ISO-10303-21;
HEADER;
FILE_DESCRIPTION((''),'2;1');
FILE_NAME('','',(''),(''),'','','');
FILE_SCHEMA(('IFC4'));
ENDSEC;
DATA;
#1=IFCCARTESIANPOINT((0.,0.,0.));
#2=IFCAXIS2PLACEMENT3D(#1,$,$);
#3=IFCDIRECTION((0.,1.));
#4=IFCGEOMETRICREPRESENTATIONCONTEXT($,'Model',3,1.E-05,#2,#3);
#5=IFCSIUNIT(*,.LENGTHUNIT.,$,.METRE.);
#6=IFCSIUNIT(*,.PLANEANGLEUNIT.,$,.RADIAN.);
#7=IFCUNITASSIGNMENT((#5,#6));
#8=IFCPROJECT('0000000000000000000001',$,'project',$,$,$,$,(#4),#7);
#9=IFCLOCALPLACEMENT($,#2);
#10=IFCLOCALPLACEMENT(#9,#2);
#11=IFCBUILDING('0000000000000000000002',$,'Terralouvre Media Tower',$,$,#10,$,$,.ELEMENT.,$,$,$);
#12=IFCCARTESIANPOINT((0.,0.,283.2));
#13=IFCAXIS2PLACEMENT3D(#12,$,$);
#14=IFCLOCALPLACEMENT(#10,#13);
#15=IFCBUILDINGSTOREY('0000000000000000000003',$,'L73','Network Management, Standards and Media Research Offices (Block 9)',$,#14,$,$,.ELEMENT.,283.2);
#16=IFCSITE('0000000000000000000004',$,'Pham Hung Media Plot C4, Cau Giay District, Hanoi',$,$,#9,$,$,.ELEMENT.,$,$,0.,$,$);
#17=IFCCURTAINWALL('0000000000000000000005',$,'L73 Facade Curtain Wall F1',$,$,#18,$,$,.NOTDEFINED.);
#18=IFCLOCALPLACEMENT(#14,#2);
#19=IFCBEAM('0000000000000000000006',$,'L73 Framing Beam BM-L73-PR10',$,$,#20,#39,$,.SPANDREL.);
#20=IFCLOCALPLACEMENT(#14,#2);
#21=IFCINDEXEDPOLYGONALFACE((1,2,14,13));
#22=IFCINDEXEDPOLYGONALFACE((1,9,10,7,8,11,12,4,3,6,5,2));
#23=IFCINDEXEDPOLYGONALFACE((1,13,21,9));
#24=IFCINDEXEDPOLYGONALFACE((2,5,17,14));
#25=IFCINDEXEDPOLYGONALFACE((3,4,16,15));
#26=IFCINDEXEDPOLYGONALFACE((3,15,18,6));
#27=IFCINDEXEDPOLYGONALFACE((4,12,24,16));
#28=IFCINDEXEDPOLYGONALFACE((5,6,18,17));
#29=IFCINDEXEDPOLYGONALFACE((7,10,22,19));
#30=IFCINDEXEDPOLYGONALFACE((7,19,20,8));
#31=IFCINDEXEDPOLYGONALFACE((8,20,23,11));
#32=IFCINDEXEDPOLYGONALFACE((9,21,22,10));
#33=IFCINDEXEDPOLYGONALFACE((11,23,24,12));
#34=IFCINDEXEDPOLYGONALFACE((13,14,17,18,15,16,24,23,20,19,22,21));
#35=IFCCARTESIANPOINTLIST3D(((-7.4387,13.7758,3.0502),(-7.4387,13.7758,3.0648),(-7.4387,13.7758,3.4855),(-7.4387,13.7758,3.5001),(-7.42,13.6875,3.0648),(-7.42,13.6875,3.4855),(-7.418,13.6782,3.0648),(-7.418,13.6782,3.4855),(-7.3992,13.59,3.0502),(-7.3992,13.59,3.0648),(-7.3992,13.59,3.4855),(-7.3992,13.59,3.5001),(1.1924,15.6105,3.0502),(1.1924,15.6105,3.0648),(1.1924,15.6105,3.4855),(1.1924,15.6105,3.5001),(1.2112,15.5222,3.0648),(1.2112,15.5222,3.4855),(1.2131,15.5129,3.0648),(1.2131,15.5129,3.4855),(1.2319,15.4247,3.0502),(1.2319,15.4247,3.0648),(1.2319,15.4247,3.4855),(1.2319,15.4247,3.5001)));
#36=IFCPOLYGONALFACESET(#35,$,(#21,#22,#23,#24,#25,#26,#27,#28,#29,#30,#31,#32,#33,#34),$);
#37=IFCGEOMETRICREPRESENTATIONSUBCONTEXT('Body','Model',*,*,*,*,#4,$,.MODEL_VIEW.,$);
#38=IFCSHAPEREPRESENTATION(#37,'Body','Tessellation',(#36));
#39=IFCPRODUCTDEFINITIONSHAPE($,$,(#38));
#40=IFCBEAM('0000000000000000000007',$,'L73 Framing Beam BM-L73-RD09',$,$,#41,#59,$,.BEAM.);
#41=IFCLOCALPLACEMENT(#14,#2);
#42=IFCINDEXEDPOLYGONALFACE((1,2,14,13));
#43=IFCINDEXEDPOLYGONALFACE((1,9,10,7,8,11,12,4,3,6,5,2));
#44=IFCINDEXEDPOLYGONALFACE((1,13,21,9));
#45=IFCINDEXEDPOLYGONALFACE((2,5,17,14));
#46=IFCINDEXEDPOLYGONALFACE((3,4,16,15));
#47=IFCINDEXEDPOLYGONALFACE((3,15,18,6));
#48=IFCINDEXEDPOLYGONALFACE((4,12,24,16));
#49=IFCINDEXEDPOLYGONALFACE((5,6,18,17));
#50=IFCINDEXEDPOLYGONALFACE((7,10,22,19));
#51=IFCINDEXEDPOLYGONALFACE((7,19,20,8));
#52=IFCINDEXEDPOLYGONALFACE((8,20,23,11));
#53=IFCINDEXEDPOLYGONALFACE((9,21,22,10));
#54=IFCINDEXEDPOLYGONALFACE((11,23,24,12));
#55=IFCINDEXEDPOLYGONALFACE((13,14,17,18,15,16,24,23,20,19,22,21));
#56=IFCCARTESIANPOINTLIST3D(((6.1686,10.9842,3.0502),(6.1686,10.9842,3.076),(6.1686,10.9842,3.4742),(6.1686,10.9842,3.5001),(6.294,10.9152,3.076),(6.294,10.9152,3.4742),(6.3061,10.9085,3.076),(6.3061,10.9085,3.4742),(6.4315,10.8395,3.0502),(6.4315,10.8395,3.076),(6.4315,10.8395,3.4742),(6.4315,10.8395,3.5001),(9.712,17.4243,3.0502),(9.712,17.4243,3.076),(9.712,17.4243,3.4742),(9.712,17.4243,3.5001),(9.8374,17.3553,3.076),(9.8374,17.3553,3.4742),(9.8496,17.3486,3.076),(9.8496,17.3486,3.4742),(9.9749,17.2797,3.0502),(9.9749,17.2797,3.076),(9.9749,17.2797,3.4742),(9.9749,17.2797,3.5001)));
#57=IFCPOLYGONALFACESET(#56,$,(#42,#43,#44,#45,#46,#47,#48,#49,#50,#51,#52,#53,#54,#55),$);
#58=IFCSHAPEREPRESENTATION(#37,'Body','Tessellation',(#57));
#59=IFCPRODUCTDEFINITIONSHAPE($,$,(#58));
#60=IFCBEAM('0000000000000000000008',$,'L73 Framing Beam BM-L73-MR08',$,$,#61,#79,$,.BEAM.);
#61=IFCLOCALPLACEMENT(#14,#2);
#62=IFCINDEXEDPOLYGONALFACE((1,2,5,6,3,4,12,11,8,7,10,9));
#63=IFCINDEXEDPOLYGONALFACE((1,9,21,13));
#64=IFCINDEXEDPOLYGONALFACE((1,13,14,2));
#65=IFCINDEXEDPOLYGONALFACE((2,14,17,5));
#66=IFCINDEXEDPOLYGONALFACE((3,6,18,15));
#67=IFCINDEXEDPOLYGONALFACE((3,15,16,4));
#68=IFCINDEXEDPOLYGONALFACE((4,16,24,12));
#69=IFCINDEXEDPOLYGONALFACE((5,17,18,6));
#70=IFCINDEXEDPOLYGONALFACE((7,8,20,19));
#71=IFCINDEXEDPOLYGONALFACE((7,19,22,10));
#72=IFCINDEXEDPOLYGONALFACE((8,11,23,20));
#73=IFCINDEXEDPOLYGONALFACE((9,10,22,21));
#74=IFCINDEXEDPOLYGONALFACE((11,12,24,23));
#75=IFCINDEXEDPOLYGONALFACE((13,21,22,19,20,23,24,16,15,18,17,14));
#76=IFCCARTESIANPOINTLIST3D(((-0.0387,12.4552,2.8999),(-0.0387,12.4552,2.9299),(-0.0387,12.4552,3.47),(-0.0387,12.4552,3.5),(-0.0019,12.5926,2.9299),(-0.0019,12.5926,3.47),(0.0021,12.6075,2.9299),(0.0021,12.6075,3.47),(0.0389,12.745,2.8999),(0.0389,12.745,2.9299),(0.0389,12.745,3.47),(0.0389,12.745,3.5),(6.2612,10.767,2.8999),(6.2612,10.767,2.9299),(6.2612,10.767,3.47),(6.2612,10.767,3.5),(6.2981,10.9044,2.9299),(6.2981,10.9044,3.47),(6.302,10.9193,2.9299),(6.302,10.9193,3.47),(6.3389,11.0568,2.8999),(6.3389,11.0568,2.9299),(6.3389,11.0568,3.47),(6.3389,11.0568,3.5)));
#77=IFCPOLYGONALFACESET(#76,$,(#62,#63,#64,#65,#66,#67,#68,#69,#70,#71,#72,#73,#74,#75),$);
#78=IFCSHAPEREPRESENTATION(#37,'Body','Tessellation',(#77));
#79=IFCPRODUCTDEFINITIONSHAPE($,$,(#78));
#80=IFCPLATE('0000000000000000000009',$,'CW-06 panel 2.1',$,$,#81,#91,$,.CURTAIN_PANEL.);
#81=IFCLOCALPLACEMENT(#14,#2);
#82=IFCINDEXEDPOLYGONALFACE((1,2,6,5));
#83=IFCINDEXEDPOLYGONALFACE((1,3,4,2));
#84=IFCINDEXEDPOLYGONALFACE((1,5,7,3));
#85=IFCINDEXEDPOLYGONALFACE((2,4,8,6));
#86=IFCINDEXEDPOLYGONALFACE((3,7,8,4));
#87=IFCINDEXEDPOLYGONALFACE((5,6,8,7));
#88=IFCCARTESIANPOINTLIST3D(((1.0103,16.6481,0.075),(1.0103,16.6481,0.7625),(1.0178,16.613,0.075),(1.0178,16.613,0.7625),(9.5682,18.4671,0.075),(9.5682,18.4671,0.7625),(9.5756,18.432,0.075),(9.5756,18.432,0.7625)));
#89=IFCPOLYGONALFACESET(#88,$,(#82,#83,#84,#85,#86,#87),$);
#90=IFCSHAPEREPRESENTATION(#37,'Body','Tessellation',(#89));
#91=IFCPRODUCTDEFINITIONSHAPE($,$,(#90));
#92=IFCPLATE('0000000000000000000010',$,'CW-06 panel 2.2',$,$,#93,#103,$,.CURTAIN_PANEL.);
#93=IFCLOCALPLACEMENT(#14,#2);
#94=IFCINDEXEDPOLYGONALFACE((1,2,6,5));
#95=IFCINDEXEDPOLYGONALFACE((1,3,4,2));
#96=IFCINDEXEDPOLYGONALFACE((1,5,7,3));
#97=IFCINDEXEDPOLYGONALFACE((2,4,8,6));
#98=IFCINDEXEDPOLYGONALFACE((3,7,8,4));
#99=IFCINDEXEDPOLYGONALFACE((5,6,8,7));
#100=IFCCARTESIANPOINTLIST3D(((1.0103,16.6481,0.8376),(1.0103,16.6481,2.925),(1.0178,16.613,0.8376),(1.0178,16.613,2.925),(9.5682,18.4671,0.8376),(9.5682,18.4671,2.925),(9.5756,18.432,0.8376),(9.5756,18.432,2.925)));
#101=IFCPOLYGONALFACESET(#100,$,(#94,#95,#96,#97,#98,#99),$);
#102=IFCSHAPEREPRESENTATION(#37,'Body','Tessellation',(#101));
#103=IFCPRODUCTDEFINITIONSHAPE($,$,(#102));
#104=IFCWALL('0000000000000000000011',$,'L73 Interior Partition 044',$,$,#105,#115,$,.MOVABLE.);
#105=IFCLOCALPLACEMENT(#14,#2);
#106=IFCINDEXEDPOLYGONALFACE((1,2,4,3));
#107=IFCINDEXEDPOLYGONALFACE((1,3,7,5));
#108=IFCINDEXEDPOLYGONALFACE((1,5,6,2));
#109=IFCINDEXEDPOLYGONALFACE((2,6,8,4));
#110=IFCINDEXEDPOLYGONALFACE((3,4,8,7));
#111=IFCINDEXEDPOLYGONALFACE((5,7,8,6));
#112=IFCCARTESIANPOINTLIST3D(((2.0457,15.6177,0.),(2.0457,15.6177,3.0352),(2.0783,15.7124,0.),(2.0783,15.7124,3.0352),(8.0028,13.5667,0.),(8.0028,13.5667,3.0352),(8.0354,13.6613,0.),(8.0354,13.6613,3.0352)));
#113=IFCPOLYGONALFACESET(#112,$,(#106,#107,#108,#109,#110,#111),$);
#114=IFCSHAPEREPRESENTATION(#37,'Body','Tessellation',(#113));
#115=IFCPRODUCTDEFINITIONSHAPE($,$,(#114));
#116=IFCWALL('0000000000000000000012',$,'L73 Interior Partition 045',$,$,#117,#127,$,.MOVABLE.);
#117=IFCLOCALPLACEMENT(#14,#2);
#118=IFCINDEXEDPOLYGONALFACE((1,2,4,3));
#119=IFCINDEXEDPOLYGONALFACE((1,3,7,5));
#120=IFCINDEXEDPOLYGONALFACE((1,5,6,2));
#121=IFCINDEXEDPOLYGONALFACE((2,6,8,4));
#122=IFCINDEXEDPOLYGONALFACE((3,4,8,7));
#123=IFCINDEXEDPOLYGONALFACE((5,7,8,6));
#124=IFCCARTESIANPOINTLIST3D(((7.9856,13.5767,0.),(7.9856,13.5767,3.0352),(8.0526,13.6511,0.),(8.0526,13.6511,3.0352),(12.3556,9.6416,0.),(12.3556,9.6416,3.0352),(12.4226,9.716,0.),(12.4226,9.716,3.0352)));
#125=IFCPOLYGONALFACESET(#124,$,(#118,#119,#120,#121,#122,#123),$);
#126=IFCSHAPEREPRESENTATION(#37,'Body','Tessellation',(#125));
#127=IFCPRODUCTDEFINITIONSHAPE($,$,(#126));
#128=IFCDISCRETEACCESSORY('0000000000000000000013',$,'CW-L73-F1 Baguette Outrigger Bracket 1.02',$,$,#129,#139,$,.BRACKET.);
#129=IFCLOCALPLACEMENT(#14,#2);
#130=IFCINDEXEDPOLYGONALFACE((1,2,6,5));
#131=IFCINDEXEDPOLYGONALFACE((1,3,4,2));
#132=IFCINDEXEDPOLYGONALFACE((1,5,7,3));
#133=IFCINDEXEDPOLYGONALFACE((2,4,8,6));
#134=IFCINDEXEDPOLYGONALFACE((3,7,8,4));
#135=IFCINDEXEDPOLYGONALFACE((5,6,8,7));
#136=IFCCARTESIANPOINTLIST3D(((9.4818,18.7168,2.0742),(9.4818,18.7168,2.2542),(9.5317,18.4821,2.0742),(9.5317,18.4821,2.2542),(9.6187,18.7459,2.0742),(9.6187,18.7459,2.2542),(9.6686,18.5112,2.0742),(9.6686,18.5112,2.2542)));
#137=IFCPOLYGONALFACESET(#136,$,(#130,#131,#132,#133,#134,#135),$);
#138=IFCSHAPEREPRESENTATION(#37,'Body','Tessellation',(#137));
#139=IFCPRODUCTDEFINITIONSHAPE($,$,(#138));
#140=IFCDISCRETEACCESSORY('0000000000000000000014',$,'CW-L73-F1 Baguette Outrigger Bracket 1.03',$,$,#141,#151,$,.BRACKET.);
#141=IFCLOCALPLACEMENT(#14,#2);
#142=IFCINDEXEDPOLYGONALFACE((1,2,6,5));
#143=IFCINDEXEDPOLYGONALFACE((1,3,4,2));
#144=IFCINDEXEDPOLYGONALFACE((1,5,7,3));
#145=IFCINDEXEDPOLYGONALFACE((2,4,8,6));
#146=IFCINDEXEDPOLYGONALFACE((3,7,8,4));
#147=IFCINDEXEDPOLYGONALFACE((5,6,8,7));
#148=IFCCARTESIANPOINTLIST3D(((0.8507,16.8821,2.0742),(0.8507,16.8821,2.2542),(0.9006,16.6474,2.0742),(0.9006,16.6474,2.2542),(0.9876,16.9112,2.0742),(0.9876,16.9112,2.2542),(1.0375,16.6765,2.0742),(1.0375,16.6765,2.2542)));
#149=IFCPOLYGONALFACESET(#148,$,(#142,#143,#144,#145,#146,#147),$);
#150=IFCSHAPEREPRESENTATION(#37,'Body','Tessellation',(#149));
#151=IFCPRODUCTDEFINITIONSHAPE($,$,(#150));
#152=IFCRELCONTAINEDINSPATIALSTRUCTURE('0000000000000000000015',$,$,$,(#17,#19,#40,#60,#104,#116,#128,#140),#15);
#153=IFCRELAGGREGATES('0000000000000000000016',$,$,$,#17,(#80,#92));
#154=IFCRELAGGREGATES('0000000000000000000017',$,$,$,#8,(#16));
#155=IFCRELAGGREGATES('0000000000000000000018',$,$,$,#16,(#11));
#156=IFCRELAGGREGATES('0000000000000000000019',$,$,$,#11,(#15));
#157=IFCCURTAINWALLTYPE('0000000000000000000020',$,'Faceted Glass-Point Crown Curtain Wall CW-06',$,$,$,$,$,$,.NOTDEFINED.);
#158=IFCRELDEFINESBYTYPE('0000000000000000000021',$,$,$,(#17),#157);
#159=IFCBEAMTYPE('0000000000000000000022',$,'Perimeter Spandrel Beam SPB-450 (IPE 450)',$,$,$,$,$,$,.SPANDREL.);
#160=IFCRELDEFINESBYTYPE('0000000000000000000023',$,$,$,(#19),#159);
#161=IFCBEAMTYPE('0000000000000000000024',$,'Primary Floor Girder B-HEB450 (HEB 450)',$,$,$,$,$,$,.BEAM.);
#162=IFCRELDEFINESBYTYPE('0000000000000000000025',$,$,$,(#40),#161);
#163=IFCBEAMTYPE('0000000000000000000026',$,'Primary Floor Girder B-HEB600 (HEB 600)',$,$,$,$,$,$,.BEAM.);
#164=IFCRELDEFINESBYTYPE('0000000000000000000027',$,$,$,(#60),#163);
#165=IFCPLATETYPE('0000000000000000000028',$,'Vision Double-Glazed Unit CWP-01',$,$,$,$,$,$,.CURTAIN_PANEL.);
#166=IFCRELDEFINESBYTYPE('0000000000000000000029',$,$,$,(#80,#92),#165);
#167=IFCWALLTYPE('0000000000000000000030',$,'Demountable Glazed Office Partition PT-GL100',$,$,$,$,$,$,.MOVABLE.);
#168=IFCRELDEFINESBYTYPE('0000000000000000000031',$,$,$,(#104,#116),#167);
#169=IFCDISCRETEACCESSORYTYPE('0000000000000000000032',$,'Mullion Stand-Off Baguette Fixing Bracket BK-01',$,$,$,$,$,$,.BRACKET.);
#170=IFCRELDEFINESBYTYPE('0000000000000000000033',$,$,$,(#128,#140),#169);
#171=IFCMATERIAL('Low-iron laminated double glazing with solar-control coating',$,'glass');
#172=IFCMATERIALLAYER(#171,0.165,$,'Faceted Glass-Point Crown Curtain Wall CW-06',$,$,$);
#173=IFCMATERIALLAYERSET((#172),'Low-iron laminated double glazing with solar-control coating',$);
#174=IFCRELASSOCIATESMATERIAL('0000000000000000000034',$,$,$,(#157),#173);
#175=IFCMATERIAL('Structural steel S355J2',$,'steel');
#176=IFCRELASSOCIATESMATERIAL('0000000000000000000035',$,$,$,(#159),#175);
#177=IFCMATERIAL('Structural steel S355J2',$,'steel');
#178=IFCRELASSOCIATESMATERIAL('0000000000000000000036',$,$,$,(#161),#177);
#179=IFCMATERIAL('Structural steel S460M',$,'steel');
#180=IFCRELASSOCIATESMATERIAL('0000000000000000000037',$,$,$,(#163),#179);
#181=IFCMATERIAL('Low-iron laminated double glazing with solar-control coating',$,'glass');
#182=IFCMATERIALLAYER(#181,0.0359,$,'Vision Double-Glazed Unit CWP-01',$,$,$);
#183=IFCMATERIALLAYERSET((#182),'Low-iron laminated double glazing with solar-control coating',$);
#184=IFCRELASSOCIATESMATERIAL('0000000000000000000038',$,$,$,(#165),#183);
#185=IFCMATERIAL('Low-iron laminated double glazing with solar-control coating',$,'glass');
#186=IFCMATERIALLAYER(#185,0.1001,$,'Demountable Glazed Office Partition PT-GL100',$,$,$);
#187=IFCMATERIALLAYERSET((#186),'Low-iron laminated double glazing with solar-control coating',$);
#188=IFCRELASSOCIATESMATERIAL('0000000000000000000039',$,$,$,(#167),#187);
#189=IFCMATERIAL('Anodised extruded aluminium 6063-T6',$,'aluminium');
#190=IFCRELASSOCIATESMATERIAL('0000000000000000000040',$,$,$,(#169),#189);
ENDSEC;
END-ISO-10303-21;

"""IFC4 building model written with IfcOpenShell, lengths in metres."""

from ifc_helpers import new_model, si_unit, direction, frame, frame_2d, origin, origin_2d, place, context, subcontext, project, spatial, rectangle, i_section, extrude, material, layer, layer_set, material_profile, profile_set, type_object, element, aggregate, save


model = new_model("IFC4")

# Units and contexts
model_context = context("Model", 3, precision=1e-05, world=origin(), true_north=direction((0.0, 1.0)))
body_context = subcontext(model_context, "Body", "Model", "MODEL_VIEW")
ifc_project = project(units=[si_unit("LENGTHUNIT", "METRE"), si_unit("PLANEANGLEUNIT", "RADIAN")], contexts=[model_context])

# Site, building, storey
site_placement = place(None, origin())
site = spatial("IfcSite", under=ifc_project, at=site_placement, Name="Pham Hung Media Plot C4, Cau Giay District, Hanoi", CompositionType="ELEMENT", RefElevation=0.0)
building_placement = place(site_placement, origin())
building = spatial("IfcBuilding", under=site, at=building_placement, Name="Terralouvre Media Tower", CompositionType="ELEMENT")
storey_placement = place(building_placement, frame((0.0, 0.0, 283.2)))
storey = spatial("IfcBuildingStorey", under=building, at=storey_placement, Name="L73", Description="Network Management, Standards and Media Research Offices (Block 9)", CompositionType="ELEMENT", Elevation=283.2)

# Curtain wall
ifc_material_1 = material(Name="Low-iron laminated double glazing with solar-control coating", Category="glass")
ifc_layer_1 = layer(ifc_material_1, 0.165, Name="Faceted Glass-Point Crown Curtain Wall CW-06")
ifc_layer_set_1 = layer_set([ifc_layer_1], Name="Low-iron laminated double glazing with solar-control coating")
curtain_wall_type = type_object("IfcCurtainWallType", Name="Faceted Glass-Point Crown Curtain Wall CW-06", PredefinedType="NOTDEFINED", material=ifc_layer_set_1)
curtain_wall_placement = place(storey_placement, origin())
curtain_wall = element("IfcCurtainWall", 1, at=curtain_wall_placement, inside=storey, type_object=curtain_wall_type, Name="L73 Facade Curtain Wall F1", PredefinedType="NOTDEFINED")

# Beams
ifc_material_2 = material(Name="Structural steel S355J2", Category="steel")
ifc_material_profile_1 = material_profile(ifc_material_2, i_section(OverallWidth=0.1899, OverallDepth=0.45, WebThickness=0.0095, FlangeThickness=0.0146, at=origin_2d()), Name="IPE 450")
ifc_profile_set_1 = profile_set([ifc_material_profile_1], Name="Structural steel S355J2")
beam_type_1 = type_object("IfcBeamType", Name="Perimeter Spandrel Beam SPB-450 (IPE 450)", PredefinedType="SPANDREL", material=ifc_profile_set_1)
beam_1_placement = place(storey_placement, frame((1.2122, 15.5176, 3.2751), z_axis=(-0.978145, -0.207925, 0.0), x_axis=(0.207925, -0.978145, 0.0)))
element("IfcBeam", 2, at=beam_1_placement, inside=storey, type_object=beam_type_1, Name="L73 Framing Beam BM-L73-PR10", PredefinedType="SPANDREL", context=body_context, shape_type="SweptSolid", body=[
    extrude(i_section(OverallWidth=0.1899, OverallDepth=0.45, WebThickness=0.0095, FlangeThickness=0.0146, at=origin_2d()), origin(), (0.0, 0.0, 1.0), 8.824),
])
ifc_material_3 = material(Name="Structural steel S355J2", Category="steel")
ifc_material_profile_2 = material_profile(ifc_material_3, i_section(OverallWidth=0.3, OverallDepth=0.45, WebThickness=0.0139, FlangeThickness=0.0259, at=origin_2d()), Name="HEB 450")
ifc_profile_set_2 = profile_set([ifc_material_profile_2], Name="Structural steel S355J2")
beam_type_2 = type_object("IfcBeamType", Name="Primary Floor Girder B-HEB450 (HEB 450)", PredefinedType="BEAM", material=ifc_profile_set_2)
beam_2_placement = place(storey_placement, frame((6.3, 10.9119, 3.2751), z_axis=(0.48206, 0.876138, 0.0), x_axis=(-0.876138, 0.48206, 0.0)))
element("IfcBeam", 3, at=beam_2_placement, inside=storey, type_object=beam_type_2, Name="L73 Framing Beam BM-L73-RD09", PredefinedType="BEAM", context=body_context, shape_type="SweptSolid", body=[
    extrude(i_section(OverallWidth=0.3, OverallDepth=0.45, WebThickness=0.0139, FlangeThickness=0.0259, at=origin_2d()), origin(), (0.0, 0.0, 1.0), 7.3506),
])
ifc_material_4 = material(Name="Structural steel S460M", Category="steel")
ifc_material_profile_3 = material_profile(ifc_material_4, i_section(OverallWidth=0.3, OverallDepth=0.6001, WebThickness=0.0154, FlangeThickness=0.03, at=origin_2d()), Name="HEB 600")
ifc_profile_set_3 = profile_set([ifc_material_profile_3], Name="Structural steel S460M")
beam_type_3 = type_object("IfcBeamType", Name="Primary Floor Girder B-HEB600 (HEB 600)", PredefinedType="BEAM", material=ifc_profile_set_3)
beam_3_placement = place(storey_placement, frame((6.3, 10.9119, 3.2), z_axis=(-0.96592, 0.258839, 0.0), x_axis=(-0.258839, -0.96592, 0.0)))
element("IfcBeam", 4, at=beam_3_placement, inside=storey, type_object=beam_type_3, Name="L73 Framing Beam BM-L73-MR08", PredefinedType="BEAM", context=body_context, shape_type="SweptSolid", body=[
    extrude(i_section(OverallWidth=0.3, OverallDepth=0.6001, WebThickness=0.0154, FlangeThickness=0.03, at=origin_2d()), origin(), (0.0, 0.0, 1.0), 6.5222),
])

# Plates
ifc_material_5 = material(Name="Low-iron laminated double glazing with solar-control coating", Category="glass")
ifc_layer_2 = layer(ifc_material_5, 0.0359, Name="Vision Double-Glazed Unit CWP-01")
ifc_layer_set_2 = layer_set([ifc_layer_2], Name="Low-iron laminated double glazing with solar-control coating")
plate_type = type_object("IfcPlateType", Name="Vision Double-Glazed Unit CWP-01", PredefinedType="CURTAIN_PANEL", material=ifc_layer_set_2)
plate_1_placement = place(storey_placement, frame((5.293, 17.54, 0.075), z_axis=(0.0, 0.0, 1.0), x_axis=(-0.978148, -0.207912, 0.0)))
plate_1 = element("IfcPlate", 5, at=plate_1_placement, type_object=plate_type, Name="CW-06 panel 2.1", PredefinedType="CURTAIN_PANEL", context=body_context, shape_type="SweptSolid", body=[
    extrude(rectangle(XDim=8.749, YDim=0.0359, at=origin_2d()), origin(), (0.0, 0.0, 1.0), 0.6875),
])
plate_2_placement = place(storey_placement, frame((5.293, 17.54, 0.8376), z_axis=(0.0, 0.0, 1.0), x_axis=(-0.978148, -0.207912, 0.0)))
plate_2 = element("IfcPlate", 6, at=plate_2_placement, type_object=plate_type, Name="CW-06 panel 2.2", PredefinedType="CURTAIN_PANEL", context=body_context, shape_type="SweptSolid", body=[
    extrude(rectangle(XDim=8.749, YDim=0.0359, at=origin_2d()), origin(), (0.0, 0.0, 1.0), 2.0874),
])
aggregate(curtain_wall, [plate_1, plate_2])

# Walls
ifc_material_6 = material(Name="Low-iron laminated double glazing with solar-control coating", Category="glass")
ifc_layer_3 = layer(ifc_material_6, 0.1001, Name="Demountable Glazed Office Partition PT-GL100")
ifc_layer_set_3 = layer_set([ifc_layer_3], Name="Low-iron laminated double glazing with solar-control coating")
wall_type = type_object("IfcWallType", Name="Demountable Glazed Office Partition PT-GL100", PredefinedType="MOVABLE", material=ifc_layer_set_3)
wall_1_placement = place(storey_placement, frame((2.062, 15.665, 0.0), z_axis=(0.0, 0.0, 1.0), x_axis=(0.945526, -0.325548, 0.0)))
element("IfcWall", 7, at=wall_1_placement, inside=storey, type_object=wall_type, Name="L73 Interior Partition 044", PredefinedType="MOVABLE", context=body_context, shape_type="SweptSolid", body=[
    extrude(rectangle(XDim=6.3003, YDim=0.1001, at=frame_2d((3.1501, 0.0))), origin(), (0.0, 0.0, 1.0), 3.0352),
])
wall_2_placement = place(storey_placement, frame((8.019, 13.614, 0.0), z_axis=(0.0, 0.0, 1.0), x_axis=(0.74311, -0.669169, 0.0)))
element("IfcWall", 8, at=wall_2_placement, inside=storey, type_object=wall_type, Name="L73 Interior Partition 045", PredefinedType="MOVABLE", context=body_context, shape_type="SweptSolid", body=[
    extrude(rectangle(XDim=5.8806, YDim=0.1001, at=frame_2d((2.9404, 0.0))), origin(), (0.0, 0.0, 1.0), 3.0352),
])

# Discrete accessories
ifc_material_7 = material(Name="Anodised extruded aluminium 6063-T6", Category="aluminium")
discrete_accessory_type = type_object("IfcDiscreteAccessoryType", Name="Mullion Stand-Off Baguette Fixing Bracket BK-01", PredefinedType="BRACKET", material=ifc_material_7)
for number, where, z_axis, x_axis, name in (
    (9, (9.5752, 18.614, 2.0742), (0.0, 0.0, 1.0), (-0.978148, -0.207912, 0.0), "CW-L73-F1 Baguette Outrigger Bracket 1.02"),
    (10, (0.9441, 16.7793, 2.0742), (0.0, 0.0, 1.0), (-0.978148, -0.207912, 0.0), "CW-L73-F1 Baguette Outrigger Bracket 1.03"),
):
    element("IfcDiscreteAccessory", number, at=place(storey_placement, frame(where, z_axis=z_axis, x_axis=x_axis)), inside=storey, type_object=discrete_accessory_type, Name=name, PredefinedType="BRACKET", context=body_context, shape_type="SweptSolid", body=[
        extrude(rectangle(XDim=0.1399, YDim=0.24, at=origin_2d()), origin(), (0.0, 0.0, 1.0), 0.1799),
    ])

save(model, "model.ifc")
